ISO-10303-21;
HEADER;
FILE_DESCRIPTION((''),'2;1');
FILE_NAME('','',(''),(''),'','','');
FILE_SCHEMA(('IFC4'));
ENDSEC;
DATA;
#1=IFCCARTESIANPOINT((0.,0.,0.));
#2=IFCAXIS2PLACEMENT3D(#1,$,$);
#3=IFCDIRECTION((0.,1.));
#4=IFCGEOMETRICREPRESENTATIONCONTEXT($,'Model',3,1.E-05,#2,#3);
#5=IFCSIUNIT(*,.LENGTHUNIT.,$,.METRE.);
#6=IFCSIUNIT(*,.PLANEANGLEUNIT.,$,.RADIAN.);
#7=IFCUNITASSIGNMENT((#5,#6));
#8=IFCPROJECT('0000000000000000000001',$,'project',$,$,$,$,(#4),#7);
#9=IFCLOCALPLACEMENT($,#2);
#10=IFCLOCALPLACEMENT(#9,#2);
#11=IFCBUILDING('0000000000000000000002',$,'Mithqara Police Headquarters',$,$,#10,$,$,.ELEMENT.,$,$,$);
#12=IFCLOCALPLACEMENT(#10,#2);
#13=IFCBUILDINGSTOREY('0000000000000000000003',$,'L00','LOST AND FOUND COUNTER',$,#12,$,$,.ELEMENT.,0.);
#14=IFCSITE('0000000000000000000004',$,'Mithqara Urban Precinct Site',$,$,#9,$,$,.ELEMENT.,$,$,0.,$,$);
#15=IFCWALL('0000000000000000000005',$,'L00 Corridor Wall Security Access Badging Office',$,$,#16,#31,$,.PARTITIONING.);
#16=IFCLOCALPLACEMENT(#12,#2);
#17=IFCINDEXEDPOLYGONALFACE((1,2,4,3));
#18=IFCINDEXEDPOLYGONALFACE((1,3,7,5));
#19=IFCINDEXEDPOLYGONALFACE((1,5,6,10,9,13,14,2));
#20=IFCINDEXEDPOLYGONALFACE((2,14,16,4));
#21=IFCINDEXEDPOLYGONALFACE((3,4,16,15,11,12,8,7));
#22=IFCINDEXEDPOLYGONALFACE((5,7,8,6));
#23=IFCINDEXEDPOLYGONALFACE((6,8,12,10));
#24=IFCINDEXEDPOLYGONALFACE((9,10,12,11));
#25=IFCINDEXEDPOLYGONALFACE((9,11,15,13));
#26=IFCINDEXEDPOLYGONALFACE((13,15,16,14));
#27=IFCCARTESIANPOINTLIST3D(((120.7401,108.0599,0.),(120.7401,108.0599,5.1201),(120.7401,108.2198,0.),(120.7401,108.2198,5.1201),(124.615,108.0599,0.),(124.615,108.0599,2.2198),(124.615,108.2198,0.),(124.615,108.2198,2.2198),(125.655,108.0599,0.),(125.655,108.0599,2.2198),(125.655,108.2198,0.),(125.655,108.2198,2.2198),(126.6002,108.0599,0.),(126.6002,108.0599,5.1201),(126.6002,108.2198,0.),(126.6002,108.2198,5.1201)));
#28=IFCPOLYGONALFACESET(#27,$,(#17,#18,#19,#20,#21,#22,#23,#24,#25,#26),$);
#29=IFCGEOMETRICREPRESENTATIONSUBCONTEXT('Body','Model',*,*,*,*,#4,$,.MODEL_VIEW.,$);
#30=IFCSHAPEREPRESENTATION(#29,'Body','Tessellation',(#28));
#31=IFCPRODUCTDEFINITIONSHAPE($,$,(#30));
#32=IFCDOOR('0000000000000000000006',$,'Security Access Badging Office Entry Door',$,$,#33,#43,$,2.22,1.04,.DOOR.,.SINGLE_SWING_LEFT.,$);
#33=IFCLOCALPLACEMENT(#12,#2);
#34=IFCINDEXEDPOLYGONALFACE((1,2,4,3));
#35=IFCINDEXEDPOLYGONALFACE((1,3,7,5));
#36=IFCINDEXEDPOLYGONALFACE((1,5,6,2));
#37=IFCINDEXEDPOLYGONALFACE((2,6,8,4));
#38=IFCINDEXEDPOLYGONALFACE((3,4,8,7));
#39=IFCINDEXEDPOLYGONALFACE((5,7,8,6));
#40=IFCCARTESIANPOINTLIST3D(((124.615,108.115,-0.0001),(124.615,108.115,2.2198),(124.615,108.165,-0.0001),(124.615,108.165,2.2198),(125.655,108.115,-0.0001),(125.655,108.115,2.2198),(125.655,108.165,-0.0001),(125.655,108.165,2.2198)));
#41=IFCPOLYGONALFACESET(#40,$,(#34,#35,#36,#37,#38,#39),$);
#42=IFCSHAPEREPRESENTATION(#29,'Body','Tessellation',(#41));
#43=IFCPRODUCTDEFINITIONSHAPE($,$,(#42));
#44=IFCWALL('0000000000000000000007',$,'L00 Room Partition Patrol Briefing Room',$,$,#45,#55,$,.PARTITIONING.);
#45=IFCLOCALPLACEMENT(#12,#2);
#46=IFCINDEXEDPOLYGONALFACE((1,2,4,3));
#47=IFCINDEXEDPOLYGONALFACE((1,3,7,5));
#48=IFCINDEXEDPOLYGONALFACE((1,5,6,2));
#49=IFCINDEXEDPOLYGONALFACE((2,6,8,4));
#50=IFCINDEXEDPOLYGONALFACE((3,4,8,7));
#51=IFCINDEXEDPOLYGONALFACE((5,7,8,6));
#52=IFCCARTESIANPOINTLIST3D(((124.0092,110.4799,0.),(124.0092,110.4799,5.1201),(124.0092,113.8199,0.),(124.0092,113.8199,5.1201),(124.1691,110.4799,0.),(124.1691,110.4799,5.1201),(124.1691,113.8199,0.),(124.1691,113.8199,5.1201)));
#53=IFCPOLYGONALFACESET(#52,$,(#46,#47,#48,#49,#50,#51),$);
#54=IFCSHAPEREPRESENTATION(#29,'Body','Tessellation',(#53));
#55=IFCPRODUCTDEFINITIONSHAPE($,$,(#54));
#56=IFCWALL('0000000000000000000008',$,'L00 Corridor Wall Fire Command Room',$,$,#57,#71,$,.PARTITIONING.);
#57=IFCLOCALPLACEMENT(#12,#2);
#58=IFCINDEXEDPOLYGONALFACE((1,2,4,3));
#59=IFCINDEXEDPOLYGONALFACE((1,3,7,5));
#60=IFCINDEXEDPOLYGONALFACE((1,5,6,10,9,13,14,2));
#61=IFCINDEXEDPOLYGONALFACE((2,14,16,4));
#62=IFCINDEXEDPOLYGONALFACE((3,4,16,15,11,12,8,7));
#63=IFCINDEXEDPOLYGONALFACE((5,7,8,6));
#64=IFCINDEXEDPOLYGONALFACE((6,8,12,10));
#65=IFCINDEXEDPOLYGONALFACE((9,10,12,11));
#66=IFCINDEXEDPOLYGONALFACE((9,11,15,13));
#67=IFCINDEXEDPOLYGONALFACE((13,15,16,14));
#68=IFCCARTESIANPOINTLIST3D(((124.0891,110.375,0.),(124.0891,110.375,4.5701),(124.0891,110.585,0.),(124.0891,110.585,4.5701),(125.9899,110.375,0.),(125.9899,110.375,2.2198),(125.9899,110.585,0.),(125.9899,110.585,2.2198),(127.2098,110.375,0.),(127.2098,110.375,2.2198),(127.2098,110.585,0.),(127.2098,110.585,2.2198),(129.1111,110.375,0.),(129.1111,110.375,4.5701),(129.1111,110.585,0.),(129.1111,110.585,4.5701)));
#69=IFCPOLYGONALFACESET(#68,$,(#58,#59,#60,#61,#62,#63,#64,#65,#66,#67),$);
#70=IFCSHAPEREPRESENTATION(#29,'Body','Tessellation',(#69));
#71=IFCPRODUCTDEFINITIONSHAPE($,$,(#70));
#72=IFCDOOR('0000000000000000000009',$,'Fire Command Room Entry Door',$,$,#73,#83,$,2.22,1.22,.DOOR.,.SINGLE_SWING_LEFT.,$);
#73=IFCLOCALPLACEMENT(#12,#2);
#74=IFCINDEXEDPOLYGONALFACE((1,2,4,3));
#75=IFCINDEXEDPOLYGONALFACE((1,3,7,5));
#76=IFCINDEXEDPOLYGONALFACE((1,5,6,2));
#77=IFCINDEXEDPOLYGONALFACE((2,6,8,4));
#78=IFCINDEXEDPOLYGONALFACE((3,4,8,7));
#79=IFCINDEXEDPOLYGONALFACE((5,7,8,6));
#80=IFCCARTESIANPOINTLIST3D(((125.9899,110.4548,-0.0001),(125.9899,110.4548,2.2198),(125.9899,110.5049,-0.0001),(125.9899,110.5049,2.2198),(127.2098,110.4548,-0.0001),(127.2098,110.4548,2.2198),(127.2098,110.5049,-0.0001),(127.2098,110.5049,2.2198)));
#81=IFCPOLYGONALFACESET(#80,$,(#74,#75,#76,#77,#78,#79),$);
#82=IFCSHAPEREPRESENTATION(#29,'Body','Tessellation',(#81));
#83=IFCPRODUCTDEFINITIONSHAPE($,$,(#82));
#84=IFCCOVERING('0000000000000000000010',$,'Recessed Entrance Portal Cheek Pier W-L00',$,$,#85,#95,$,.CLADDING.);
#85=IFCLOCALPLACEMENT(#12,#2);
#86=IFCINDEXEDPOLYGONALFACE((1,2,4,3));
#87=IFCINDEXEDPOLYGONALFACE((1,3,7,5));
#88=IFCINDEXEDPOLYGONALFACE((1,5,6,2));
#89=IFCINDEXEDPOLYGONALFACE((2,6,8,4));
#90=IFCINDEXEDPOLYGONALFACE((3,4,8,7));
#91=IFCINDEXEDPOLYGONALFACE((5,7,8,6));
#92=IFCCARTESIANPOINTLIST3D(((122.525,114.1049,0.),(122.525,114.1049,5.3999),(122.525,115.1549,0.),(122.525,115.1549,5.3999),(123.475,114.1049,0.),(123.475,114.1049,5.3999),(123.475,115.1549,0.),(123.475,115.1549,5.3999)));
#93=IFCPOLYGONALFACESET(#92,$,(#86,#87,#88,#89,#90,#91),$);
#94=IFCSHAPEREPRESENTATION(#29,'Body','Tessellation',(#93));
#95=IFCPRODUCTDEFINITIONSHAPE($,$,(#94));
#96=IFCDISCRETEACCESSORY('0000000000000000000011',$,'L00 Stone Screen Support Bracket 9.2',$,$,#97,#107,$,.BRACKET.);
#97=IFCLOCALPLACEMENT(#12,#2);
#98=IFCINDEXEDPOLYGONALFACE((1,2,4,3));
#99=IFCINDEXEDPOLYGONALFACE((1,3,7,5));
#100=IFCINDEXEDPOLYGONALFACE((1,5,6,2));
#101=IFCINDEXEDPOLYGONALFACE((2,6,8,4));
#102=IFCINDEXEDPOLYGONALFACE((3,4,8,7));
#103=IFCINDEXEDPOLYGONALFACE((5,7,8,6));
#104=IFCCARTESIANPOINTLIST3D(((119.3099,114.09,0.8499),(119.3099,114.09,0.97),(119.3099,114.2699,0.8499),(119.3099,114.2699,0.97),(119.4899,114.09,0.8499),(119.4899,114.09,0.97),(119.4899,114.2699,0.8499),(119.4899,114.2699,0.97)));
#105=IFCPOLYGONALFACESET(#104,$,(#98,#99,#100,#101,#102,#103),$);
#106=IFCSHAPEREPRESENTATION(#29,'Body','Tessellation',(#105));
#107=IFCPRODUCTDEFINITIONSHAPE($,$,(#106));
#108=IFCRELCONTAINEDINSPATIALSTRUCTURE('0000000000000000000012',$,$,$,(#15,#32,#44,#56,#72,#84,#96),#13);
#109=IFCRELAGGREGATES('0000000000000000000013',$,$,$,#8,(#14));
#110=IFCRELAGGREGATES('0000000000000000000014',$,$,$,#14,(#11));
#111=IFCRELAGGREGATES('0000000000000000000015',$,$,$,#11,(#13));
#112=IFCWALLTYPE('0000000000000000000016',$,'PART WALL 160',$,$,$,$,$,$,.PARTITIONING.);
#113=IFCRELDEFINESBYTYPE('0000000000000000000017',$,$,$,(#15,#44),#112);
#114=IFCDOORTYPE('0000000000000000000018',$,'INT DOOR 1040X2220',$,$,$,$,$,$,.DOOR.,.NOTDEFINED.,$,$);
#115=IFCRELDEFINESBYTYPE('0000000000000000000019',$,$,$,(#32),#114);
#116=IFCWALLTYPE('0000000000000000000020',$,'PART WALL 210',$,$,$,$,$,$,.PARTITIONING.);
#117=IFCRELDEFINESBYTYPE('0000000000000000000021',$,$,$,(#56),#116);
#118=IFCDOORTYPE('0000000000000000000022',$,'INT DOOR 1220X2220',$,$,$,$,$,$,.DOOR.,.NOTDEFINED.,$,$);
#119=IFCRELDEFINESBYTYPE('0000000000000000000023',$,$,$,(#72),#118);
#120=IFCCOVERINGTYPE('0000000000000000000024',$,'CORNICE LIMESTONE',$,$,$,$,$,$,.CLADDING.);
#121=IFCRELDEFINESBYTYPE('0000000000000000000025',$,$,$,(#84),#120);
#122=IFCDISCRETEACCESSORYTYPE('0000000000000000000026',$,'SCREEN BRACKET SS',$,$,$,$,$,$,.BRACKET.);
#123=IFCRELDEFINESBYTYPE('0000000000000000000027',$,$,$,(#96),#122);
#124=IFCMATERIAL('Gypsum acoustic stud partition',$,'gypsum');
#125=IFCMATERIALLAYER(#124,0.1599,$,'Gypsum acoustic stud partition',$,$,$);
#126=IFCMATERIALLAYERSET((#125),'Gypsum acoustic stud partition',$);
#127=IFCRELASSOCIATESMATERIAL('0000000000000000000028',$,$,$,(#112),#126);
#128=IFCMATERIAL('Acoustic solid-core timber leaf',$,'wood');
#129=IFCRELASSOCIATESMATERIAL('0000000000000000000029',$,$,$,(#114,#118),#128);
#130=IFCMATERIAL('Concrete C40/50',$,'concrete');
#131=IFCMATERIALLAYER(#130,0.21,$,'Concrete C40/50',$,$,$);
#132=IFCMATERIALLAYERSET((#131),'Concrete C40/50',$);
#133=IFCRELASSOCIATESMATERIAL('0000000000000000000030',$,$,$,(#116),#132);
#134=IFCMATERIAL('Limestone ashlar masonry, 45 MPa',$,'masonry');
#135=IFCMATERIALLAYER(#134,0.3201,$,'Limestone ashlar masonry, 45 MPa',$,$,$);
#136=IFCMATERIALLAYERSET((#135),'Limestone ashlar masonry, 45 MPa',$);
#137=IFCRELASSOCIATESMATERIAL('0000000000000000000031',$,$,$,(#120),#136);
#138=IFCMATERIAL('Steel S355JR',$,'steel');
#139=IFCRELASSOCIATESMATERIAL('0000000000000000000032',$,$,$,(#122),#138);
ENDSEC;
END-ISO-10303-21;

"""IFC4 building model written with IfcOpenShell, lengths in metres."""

from ifc_helpers import new_model, si_unit, direction, frame, frame_2d, origin, origin_2d, place, context, subcontext, project, spatial, rectangle, extrude, material, layer, layer_set, type_object, element, fill, save


model = new_model("IFC4")

# Units and contexts
model_context = context("Model", 3, precision=1e-05, world=origin(), true_north=direction((0.0, 1.0)))
body_context = subcontext(model_context, "Body", "Model", "MODEL_VIEW")
ifc_project = project(units=[si_unit("LENGTHUNIT", "METRE"), si_unit("PLANEANGLEUNIT", "RADIAN")], contexts=[model_context])

# Site, building, storey
site_placement = place(None, origin())
site = spatial("IfcSite", under=ifc_project, at=site_placement, Name="Mithqara Urban Precinct Site", CompositionType="ELEMENT", RefElevation=0.0)
building_placement = place(site_placement, origin())
building = spatial("IfcBuilding", under=site, at=building_placement, Name="Mithqara Police Headquarters", CompositionType="ELEMENT")
storey_placement = place(building_placement, origin())
storey = spatial("IfcBuildingStorey", under=building, at=storey_placement, Name="L00", Description="LOST AND FOUND COUNTER", CompositionType="ELEMENT", Elevation=0.0)

# Shared definitions
ifc_material_1 = material(Name="Concrete C40/50", Category="concrete")

# Shared definitions
ifc_material_2 = material(Name="Steel S355JR", Category="steel")

# Shared definitions
ifc_material_3 = material(Name="Limestone ashlar masonry, 45 MPa", Category="masonry")

# Wall, opening, door
ifc_material_4 = material(Name="Gypsum acoustic stud partition", Category="gypsum")
ifc_layer_1 = layer(ifc_material_4, 0.1599, Name="Gypsum acoustic stud partition")
ifc_layer_set_1 = layer_set([ifc_layer_1], Name="Gypsum acoustic stud partition")
wall_type_1 = type_object("IfcWallType", Name="PART WALL 160", PredefinedType="PARTITIONING", material=ifc_layer_set_1)
wall_1_placement = place(storey_placement, frame((120.74, 108.1399, 0.0), z_axis=(0.0, 0.0, 1.0), x_axis=(1.0, 0.0, 0.0)))
wall_1 = element("IfcWall", 1, at=wall_1_placement, inside=storey, type_object=wall_type_1, Name="L00 Corridor Wall Security Access Badging Office", PredefinedType="PARTITIONING", context=body_context, shape_type="SweptSolid", body=[
    extrude(rectangle(XDim=5.8601, YDim=0.1599, at=frame_2d((2.9302, 0.0))), origin(), (0.0, 0.0, 1.0), 5.1201),
])
opening_1_placement = place(wall_1_placement, frame((3.875, 0.0, 0.0)))
opening_1 = element("IfcOpeningElement", 2, at=opening_1_placement, cuts=wall_1, PredefinedType="OPENING", context=body_context, shape_type="SweptSolid", body=[
    extrude(rectangle(XDim=1.04, YDim=2.22, at=frame_2d((0.52, 1.1099))), frame((0.0, 0.0898, 0.0), z_axis=(0.0, -1.0, 0.0), x_axis=(1.0, 0.0, 0.0)), (0.0, 0.0, 1.0), 0.1799),
])
ifc_material_5 = material(Name="Acoustic solid-core timber leaf", Category="wood")
door_type_1 = type_object("IfcDoorType", Name="INT DOOR 1040X2220", OperationType="NOTDEFINED", PredefinedType="DOOR", material=ifc_material_5)
door_1_placement = place(opening_1_placement, frame((1.04, 0.0, 0.0), z_axis=(0.0, 0.0, 1.0), x_axis=(-1.0, 0.0, 0.0)))
door_1 = element("IfcDoor", 3, at=door_1_placement, inside=storey, type_object=door_type_1, Name="Security Access Badging Office Entry Door", OperationType="SINGLE_SWING_LEFT", OverallHeight=2.22, OverallWidth=1.04, PredefinedType="DOOR", context=body_context, shape_type="SweptSolid", body=[
    extrude(rectangle(XDim=1.04, YDim=2.22, at=frame_2d((0.52, 1.1099))), frame((0.0, 0.0249, 0.0), z_axis=(0.0, -1.0, 0.0), x_axis=(1.0, 0.0, 0.0)), (0.0, 0.0, 1.0), 0.05),
])
fill(opening_1, door_1)

# Wall
wall_2_placement = place(storey_placement, frame((124.0891, 110.48, 0.0), z_axis=(0.0, 0.0, 1.0), x_axis=(0.0, 1.0, 0.0)))
element("IfcWall", 4, at=wall_2_placement, inside=storey, type_object=wall_type_1, Name="L00 Room Partition Patrol Briefing Room", PredefinedType="PARTITIONING", context=body_context, shape_type="SweptSolid", body=[
    extrude(rectangle(XDim=3.3401, YDim=0.1599, at=frame_2d((1.6699, 0.0))), origin(), (0.0, 0.0, 1.0), 5.1201),
])

# Wall, opening, door
ifc_layer_2 = layer(ifc_material_1, 0.21, Name="Concrete C40/50")
ifc_layer_set_2 = layer_set([ifc_layer_2], Name="Concrete C40/50")
wall_type_2 = type_object("IfcWallType", Name="PART WALL 210", PredefinedType="PARTITIONING", material=ifc_layer_set_2)
wall_3_placement = place(storey_placement, frame((124.0891, 110.48, 0.0), z_axis=(0.0, 0.0, 1.0), x_axis=(1.0, 0.0, 0.0)))
wall_3 = element("IfcWall", 5, at=wall_3_placement, inside=storey, type_object=wall_type_2, Name="L00 Corridor Wall Fire Command Room", PredefinedType="PARTITIONING", context=body_context, shape_type="SweptSolid", body=[
    extrude(rectangle(XDim=5.022, YDim=0.21, at=frame_2d((2.511, 0.0))), origin(), (0.0, 0.0, 1.0), 4.5701),
])
opening_2_placement = place(wall_3_placement, frame((1.9009, 0.0, 0.0)))
opening_2 = element("IfcOpeningElement", 6, at=opening_2_placement, cuts=wall_3, PredefinedType="OPENING", context=body_context, shape_type="SweptSolid", body=[
    extrude(rectangle(XDim=1.22, YDim=2.22, at=frame_2d((0.6099, 1.1099))), frame((0.0, 0.115, 0.0), z_axis=(0.0, -1.0, 0.0), x_axis=(1.0, 0.0, 0.0)), (0.0, 0.0, 1.0), 0.23),
])
door_type_2 = type_object("IfcDoorType", Name="INT DOOR 1220X2220", OperationType="NOTDEFINED", PredefinedType="DOOR", material=ifc_material_5)
door_2_placement = place(opening_2_placement, origin())
door_2 = element("IfcDoor", 7, at=door_2_placement, inside=storey, type_object=door_type_2, Name="Fire Command Room Entry Door", OperationType="SINGLE_SWING_LEFT", OverallHeight=2.22, OverallWidth=1.22, PredefinedType="DOOR", context=body_context, shape_type="SweptSolid", body=[
    extrude(rectangle(XDim=1.22, YDim=2.22, at=frame_2d((0.6099, 1.1099))), frame((0.0, 0.0249, 0.0), z_axis=(0.0, -1.0, 0.0), x_axis=(1.0, 0.0, 0.0)), (0.0, 0.0, 1.0), 0.05),
])
fill(opening_2, door_2)

# Covering
ifc_layer_3 = layer(ifc_material_3, 0.3201, Name="Limestone ashlar masonry, 45 MPa")
ifc_layer_set_3 = layer_set([ifc_layer_3], Name="Limestone ashlar masonry, 45 MPa")
covering_type = type_object("IfcCoveringType", Name="CORNICE LIMESTONE", PredefinedType="CLADDING", material=ifc_layer_set_3)
covering_placement = place(storey_placement, frame((123.0, 114.6299, 0.0), z_axis=(0.0, 0.0, 1.0), x_axis=(1.0, 0.0, 0.0)))
element("IfcCovering", 8, at=covering_placement, inside=storey, type_object=covering_type, Name="Recessed Entrance Portal Cheek Pier W-L00", PredefinedType="CLADDING", context=body_context, shape_type="SweptSolid", body=[
    extrude(rectangle(XDim=0.95, YDim=1.05, at=origin_2d()), origin(), (0.0, 0.0, 1.0), 5.3999),
])

# Discrete accessory
discrete_accessory_type = type_object("IfcDiscreteAccessoryType", Name="SCREEN BRACKET SS", PredefinedType="BRACKET", material=ifc_material_2)
discrete_accessory_placement = place(storey_placement, frame((119.3999, 114.1799, 0.8499), z_axis=(0.0, 0.0, 1.0), x_axis=(1.0, 0.0, 0.0)))
element("IfcDiscreteAccessory", 9, at=discrete_accessory_placement, inside=storey, type_object=discrete_accessory_type, Name="L00 Stone Screen Support Bracket 9.2", PredefinedType="BRACKET", context=body_context, shape_type="SweptSolid", body=[
    extrude(rectangle(XDim=0.1799, YDim=0.1799, at=origin_2d()), origin(), (0.0, 0.0, 1.0), 0.1201),
])

save(model, "model.ifc")
